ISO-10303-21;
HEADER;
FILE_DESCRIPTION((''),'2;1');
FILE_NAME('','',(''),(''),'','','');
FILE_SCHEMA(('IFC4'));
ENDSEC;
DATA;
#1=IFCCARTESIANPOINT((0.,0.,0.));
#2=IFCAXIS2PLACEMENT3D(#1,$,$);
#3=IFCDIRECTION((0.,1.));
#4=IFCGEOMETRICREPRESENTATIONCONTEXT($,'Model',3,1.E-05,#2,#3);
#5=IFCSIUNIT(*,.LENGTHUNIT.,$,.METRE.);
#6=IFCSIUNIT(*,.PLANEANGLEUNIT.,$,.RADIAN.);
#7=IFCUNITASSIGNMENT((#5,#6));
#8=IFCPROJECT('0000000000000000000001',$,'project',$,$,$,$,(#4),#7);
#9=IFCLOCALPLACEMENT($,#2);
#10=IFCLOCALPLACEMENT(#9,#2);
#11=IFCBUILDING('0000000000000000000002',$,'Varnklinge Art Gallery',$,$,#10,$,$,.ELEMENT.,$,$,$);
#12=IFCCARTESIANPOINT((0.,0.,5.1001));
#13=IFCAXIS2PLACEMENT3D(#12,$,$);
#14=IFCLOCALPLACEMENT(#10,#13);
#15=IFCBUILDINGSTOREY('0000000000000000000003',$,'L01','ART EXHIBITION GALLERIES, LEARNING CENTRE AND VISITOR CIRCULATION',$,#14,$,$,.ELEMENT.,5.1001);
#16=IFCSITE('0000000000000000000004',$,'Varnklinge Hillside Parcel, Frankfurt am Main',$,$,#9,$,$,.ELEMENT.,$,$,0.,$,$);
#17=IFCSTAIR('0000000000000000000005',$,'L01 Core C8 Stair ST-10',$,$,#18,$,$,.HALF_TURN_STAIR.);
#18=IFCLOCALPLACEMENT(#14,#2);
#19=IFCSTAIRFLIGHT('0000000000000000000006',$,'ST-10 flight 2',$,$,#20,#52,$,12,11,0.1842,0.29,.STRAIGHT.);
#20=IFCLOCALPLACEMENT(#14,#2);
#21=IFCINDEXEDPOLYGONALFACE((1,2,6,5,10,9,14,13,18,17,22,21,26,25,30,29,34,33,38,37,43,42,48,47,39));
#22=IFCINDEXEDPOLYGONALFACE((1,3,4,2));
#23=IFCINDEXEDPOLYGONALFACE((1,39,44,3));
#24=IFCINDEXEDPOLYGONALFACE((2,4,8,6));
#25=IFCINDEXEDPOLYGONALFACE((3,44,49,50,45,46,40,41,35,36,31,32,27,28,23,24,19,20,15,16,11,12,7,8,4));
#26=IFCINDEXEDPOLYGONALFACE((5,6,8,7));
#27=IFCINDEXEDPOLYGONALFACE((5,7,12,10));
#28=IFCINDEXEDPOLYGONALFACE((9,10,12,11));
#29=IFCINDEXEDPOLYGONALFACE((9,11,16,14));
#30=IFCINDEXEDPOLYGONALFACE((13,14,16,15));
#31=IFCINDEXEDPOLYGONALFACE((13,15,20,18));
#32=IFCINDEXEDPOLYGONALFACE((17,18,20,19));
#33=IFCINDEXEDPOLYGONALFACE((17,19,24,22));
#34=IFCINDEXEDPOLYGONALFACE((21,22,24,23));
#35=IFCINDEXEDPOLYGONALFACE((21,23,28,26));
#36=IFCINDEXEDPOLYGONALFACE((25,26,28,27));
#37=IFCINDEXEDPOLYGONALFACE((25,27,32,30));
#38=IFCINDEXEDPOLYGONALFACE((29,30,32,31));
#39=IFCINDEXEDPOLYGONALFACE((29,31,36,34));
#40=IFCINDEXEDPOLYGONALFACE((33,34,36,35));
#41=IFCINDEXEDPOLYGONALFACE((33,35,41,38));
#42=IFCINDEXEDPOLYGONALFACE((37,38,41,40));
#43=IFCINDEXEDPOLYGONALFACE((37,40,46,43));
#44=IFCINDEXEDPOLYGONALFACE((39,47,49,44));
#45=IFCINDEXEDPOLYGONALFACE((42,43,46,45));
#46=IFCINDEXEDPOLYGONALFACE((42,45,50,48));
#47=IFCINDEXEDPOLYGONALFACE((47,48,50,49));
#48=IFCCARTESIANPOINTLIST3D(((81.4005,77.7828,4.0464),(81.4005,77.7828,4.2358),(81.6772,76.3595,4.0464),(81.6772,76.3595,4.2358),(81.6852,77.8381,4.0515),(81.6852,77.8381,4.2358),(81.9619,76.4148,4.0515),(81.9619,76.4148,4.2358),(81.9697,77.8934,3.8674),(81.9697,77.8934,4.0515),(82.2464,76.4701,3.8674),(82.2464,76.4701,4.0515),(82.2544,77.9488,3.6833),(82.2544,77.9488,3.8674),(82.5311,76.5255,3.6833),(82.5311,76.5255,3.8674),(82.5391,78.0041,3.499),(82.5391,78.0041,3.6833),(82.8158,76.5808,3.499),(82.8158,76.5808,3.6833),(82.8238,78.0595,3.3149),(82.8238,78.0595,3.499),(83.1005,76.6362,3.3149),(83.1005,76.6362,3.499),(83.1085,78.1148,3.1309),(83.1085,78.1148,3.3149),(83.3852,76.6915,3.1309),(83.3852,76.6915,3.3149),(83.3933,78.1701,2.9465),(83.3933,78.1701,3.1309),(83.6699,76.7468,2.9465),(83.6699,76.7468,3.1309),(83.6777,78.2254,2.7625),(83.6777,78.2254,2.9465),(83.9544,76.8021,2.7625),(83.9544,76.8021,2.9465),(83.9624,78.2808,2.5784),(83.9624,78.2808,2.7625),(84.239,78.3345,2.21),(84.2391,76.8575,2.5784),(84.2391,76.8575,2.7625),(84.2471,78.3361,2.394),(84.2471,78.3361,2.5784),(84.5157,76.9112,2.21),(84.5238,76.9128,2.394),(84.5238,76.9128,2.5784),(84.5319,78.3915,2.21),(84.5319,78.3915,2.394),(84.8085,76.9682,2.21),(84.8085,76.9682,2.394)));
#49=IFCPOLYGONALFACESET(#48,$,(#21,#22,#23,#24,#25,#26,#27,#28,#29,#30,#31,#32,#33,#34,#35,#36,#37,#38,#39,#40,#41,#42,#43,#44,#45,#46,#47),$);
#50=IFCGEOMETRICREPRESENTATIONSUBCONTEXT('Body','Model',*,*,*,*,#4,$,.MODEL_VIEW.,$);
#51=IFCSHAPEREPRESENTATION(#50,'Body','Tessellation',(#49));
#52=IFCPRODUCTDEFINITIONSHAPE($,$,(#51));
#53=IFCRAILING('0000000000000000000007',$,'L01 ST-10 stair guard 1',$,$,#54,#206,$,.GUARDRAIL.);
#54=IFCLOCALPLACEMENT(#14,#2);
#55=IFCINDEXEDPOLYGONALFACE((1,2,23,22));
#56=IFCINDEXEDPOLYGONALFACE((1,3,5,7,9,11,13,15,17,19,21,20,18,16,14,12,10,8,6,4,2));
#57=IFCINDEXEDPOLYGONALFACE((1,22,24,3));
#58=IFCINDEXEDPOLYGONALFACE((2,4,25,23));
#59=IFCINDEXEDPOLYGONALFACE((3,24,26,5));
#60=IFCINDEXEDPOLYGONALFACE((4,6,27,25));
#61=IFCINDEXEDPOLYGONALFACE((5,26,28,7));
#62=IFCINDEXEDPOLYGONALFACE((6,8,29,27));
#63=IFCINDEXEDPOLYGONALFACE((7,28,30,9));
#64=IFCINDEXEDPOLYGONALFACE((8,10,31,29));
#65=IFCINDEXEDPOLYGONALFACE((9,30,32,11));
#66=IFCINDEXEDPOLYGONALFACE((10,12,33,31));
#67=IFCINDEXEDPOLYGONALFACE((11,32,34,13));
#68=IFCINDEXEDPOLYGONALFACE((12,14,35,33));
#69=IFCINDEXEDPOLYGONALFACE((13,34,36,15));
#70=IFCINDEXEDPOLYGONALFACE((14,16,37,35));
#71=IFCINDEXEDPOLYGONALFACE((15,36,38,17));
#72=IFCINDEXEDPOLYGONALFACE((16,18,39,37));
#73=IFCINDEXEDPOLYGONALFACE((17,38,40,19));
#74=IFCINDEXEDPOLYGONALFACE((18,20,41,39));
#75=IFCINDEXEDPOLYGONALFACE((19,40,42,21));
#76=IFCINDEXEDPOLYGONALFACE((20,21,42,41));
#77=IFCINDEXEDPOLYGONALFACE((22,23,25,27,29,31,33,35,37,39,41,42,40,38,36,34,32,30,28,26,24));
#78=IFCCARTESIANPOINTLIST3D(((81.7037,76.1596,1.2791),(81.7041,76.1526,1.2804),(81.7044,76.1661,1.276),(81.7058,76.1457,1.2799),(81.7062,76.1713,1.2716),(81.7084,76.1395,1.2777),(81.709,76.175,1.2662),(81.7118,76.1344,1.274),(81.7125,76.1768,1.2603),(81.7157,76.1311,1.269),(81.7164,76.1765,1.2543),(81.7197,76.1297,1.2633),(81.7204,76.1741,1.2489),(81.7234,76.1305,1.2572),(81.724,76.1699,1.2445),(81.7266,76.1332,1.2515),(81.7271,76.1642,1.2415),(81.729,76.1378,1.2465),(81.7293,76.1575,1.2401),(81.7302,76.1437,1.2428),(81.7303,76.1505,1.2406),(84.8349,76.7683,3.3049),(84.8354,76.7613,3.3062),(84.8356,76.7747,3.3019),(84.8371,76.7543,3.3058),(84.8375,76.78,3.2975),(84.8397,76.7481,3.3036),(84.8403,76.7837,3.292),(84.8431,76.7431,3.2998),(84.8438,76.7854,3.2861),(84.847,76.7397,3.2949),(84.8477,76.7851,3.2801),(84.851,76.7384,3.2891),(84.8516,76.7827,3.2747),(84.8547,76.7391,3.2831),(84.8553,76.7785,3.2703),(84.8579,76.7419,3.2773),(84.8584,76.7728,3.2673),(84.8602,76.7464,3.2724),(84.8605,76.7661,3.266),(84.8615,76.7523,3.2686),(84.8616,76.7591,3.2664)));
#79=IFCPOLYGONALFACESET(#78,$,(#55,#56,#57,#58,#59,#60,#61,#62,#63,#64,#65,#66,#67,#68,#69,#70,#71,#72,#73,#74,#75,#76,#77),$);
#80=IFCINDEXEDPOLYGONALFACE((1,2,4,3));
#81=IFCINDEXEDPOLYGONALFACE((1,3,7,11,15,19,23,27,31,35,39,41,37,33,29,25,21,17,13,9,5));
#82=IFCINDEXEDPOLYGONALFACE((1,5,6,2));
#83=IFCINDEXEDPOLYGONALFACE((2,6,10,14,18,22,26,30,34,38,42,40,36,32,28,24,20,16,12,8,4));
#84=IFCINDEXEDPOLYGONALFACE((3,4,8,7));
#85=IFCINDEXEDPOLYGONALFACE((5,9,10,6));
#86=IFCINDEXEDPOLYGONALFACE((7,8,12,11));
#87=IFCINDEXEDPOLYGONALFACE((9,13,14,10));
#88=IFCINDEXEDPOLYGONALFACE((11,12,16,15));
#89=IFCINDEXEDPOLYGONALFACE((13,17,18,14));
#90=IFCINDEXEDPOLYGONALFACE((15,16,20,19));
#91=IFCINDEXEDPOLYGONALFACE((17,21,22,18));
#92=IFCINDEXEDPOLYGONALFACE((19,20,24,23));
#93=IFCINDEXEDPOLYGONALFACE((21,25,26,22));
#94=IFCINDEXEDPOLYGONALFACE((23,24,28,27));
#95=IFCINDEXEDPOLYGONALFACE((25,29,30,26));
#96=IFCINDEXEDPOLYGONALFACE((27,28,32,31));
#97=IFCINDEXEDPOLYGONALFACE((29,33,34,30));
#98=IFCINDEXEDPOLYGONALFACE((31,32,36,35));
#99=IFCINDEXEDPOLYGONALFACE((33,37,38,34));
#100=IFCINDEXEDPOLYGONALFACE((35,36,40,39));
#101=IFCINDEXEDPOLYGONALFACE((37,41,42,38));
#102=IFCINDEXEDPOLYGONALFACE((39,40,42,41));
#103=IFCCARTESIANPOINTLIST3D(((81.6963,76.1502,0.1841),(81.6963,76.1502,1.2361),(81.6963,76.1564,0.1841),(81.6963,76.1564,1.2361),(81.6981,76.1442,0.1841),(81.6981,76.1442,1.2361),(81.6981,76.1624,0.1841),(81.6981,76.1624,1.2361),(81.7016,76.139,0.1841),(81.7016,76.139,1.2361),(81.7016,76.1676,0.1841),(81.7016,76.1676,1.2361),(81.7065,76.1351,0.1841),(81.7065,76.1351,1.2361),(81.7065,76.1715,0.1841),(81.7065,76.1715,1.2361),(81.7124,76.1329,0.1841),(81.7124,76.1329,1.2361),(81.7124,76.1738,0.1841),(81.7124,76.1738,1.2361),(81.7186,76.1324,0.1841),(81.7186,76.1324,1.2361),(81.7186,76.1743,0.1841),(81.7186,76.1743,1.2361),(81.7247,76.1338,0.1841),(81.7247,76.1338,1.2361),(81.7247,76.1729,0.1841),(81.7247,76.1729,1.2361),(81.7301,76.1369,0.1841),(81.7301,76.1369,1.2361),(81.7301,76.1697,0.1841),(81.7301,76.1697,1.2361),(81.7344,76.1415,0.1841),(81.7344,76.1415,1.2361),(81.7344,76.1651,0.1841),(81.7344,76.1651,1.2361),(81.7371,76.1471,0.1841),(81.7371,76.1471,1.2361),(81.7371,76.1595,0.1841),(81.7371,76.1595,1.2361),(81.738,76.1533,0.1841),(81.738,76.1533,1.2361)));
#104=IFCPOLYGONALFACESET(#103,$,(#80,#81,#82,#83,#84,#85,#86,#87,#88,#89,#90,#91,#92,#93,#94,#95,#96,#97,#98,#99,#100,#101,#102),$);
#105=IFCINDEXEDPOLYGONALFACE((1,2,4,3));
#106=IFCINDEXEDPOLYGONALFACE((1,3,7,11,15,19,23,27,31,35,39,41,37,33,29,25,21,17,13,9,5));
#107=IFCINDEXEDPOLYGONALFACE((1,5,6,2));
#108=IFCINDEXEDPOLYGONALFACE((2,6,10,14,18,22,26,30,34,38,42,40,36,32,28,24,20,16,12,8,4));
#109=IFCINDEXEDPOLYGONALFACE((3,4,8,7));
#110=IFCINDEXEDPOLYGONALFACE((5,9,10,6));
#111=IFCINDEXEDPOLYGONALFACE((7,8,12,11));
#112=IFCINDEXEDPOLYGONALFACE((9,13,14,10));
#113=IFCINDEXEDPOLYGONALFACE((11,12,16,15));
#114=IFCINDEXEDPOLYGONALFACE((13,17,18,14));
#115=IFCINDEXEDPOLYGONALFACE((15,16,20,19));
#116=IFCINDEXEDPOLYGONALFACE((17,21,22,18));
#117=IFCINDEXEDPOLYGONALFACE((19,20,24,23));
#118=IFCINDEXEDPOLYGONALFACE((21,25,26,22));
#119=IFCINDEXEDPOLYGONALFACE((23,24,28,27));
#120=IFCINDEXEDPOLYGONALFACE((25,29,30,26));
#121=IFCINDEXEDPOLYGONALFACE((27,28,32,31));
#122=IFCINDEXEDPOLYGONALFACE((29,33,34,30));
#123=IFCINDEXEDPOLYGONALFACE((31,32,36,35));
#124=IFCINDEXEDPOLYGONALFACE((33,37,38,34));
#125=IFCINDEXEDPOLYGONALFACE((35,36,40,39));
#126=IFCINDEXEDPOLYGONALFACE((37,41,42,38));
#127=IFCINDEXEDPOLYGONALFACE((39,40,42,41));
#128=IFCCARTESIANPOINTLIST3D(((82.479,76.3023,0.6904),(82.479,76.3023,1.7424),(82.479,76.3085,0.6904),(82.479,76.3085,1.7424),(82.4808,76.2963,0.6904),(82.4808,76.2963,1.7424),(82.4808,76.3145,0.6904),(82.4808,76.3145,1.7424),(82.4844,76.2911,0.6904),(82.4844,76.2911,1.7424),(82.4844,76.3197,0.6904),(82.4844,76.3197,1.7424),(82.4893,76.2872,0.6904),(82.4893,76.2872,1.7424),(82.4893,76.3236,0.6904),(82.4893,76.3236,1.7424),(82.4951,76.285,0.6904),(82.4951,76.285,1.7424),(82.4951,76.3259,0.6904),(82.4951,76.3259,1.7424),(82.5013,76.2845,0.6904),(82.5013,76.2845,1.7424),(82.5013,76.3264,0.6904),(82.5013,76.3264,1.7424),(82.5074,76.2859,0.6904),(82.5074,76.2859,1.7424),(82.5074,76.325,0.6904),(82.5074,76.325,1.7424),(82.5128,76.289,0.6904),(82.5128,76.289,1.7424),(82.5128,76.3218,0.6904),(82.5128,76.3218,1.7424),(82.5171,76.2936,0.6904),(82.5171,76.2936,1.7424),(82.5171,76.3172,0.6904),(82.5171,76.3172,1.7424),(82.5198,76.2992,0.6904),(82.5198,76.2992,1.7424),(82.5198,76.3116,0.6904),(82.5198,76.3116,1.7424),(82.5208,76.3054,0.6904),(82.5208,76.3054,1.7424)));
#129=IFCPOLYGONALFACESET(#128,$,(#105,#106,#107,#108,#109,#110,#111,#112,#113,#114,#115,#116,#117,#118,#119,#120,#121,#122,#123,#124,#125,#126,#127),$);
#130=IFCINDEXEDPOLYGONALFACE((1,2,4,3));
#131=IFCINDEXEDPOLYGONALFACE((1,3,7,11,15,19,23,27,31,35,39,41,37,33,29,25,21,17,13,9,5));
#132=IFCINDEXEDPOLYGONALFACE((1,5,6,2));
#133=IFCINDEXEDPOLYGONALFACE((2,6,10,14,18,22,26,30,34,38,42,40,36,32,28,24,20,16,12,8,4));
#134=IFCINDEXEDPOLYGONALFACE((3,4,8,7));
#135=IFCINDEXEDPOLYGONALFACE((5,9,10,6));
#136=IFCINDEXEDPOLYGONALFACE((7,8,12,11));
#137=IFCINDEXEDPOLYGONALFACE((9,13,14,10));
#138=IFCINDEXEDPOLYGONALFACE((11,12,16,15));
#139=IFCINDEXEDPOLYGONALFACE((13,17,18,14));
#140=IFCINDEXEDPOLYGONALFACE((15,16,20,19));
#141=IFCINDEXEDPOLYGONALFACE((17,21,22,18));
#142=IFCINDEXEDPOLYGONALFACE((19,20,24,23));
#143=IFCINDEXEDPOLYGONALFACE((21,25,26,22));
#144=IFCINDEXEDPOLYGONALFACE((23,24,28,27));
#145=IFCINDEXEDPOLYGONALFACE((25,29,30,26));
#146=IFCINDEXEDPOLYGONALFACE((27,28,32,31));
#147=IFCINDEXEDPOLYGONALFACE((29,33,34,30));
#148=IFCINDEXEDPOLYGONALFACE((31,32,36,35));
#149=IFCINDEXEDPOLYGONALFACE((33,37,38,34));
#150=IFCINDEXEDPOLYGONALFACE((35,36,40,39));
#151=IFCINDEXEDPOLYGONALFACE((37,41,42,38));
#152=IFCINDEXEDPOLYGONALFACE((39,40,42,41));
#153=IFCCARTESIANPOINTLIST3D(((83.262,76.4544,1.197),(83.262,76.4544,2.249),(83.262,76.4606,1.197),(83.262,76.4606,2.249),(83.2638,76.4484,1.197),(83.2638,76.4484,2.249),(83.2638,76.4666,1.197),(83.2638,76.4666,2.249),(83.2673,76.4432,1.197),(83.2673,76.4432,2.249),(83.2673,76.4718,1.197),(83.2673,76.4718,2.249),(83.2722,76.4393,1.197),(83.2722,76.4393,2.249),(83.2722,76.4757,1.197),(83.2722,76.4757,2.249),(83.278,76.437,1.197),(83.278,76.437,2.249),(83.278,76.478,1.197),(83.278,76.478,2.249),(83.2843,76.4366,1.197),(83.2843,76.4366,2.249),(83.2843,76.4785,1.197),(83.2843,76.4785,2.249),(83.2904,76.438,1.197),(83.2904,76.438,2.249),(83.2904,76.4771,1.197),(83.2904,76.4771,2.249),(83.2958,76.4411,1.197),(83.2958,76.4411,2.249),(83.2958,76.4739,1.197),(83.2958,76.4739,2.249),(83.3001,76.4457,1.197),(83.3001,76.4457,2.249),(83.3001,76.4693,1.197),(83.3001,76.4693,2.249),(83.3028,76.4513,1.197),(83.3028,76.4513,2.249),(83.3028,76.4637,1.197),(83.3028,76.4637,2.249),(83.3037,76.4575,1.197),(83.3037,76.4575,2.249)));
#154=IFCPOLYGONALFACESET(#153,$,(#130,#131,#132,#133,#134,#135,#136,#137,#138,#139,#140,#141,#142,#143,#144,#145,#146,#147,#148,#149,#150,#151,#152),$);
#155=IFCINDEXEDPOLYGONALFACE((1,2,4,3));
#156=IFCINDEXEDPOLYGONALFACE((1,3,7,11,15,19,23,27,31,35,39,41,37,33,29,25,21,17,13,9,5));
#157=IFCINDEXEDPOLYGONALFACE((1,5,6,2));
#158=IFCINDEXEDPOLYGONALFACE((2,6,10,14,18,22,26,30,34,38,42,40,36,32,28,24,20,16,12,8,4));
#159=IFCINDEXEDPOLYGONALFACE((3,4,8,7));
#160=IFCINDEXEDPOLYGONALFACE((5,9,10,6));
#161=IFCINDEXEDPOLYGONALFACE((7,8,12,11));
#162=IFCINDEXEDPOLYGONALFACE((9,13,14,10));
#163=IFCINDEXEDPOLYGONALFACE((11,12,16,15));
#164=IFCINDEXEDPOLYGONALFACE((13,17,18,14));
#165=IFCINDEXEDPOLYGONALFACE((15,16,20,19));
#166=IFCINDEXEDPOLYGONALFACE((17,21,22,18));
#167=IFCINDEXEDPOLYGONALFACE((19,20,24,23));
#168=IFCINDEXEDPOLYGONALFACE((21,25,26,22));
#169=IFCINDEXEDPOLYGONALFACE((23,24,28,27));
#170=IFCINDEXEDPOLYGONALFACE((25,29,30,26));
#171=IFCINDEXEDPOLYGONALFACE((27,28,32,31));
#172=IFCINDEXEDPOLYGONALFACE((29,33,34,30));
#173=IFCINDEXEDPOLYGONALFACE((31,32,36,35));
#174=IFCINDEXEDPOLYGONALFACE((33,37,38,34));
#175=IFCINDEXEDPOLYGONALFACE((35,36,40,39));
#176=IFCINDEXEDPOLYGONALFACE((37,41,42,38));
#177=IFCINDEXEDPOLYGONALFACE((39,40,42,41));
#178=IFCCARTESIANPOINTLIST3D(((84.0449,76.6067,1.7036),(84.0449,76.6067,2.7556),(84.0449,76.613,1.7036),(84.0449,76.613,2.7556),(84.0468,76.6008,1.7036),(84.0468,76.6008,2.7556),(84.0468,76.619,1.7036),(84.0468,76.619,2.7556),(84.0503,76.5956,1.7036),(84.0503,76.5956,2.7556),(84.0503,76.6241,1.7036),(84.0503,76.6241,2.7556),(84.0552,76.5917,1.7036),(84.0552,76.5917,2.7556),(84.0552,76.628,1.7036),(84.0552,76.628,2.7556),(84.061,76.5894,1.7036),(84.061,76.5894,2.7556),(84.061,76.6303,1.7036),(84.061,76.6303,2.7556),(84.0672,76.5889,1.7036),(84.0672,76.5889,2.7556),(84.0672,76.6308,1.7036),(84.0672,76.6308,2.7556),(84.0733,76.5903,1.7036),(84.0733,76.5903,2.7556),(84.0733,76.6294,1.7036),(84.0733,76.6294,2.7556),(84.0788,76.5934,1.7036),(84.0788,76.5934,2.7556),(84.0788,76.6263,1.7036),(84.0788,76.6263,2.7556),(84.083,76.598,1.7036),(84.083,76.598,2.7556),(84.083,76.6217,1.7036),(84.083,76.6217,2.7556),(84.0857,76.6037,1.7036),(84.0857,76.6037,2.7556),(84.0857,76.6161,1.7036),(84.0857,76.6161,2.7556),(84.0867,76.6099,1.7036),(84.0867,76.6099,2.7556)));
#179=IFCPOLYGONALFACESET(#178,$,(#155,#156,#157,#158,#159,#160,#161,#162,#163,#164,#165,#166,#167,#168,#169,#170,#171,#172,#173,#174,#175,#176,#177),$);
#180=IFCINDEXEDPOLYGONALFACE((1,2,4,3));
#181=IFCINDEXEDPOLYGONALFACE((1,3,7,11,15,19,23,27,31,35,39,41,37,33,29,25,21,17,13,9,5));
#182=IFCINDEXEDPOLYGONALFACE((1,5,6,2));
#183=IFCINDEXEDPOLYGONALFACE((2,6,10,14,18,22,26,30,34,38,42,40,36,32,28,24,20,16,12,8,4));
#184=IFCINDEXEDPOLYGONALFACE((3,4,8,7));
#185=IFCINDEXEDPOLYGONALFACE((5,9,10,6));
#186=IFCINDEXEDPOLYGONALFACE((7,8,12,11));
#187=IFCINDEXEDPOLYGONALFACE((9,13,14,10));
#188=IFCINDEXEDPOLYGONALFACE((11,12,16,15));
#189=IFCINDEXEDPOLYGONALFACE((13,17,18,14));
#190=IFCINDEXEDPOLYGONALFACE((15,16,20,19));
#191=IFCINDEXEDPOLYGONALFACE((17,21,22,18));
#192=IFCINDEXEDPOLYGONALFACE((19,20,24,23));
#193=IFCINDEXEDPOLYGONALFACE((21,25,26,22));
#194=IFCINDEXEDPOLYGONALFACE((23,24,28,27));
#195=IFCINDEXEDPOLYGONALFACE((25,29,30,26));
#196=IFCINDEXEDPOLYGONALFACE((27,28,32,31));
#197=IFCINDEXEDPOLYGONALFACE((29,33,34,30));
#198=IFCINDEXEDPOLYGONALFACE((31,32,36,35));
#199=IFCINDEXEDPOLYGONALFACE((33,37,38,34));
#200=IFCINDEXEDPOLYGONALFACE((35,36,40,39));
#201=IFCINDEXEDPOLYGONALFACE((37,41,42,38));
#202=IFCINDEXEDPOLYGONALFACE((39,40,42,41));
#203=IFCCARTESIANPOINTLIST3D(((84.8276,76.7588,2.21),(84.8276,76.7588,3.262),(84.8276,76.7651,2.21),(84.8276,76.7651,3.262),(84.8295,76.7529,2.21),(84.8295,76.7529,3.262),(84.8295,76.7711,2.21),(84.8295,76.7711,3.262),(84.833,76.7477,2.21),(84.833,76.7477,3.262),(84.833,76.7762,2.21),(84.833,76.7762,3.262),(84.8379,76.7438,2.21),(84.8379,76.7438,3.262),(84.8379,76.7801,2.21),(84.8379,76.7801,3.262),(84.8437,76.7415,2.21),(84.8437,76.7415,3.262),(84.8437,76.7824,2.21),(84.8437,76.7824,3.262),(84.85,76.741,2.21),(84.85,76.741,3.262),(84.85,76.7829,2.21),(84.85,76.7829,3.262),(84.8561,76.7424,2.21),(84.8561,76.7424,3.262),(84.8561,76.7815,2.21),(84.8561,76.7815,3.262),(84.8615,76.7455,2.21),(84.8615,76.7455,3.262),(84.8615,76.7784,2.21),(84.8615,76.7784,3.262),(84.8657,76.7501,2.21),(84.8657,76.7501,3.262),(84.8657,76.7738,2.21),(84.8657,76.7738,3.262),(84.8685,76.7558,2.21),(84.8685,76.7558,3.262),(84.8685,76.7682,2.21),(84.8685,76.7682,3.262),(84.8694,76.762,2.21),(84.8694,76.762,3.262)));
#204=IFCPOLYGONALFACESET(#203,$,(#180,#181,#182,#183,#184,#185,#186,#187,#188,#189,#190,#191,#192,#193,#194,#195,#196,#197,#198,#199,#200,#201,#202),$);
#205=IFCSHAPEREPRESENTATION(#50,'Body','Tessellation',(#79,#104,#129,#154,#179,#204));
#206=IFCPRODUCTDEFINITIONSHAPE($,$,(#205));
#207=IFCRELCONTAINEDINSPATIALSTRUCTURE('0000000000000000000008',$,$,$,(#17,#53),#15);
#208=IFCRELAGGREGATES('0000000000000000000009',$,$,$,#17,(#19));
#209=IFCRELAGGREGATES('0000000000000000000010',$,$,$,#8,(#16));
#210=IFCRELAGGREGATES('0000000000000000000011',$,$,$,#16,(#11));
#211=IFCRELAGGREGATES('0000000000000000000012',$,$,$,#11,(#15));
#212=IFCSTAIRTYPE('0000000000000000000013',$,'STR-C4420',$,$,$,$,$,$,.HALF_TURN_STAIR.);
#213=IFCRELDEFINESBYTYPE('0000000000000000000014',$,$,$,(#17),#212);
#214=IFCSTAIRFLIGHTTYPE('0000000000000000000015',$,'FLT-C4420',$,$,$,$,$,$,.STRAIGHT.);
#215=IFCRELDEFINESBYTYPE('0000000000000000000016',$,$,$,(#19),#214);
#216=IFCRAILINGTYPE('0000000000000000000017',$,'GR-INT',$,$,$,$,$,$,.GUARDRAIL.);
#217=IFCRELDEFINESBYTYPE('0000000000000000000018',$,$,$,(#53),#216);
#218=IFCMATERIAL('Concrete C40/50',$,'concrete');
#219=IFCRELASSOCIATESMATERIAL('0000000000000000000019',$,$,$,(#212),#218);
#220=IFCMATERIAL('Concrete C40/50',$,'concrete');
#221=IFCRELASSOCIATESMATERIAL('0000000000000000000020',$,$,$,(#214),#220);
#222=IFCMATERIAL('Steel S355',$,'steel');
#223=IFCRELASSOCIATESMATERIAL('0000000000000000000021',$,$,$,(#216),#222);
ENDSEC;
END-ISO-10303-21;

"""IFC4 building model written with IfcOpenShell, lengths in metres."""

from ifc_helpers import new_model, si_unit, direction, frame, origin, origin_2d, place, context, subcontext, project, spatial, polyline, circle, outline, extrude, material, type_object, element, aggregate, save


model = new_model("IFC4")

# Units and contexts
model_context = context("Model", 3, precision=1e-05, world=origin(), true_north=direction((0.0, 1.0)))
body_context = subcontext(model_context, "Body", "Model", "MODEL_VIEW")
ifc_project = project(units=[si_unit("LENGTHUNIT", "METRE"), si_unit("PLANEANGLEUNIT", "RADIAN")], contexts=[model_context])

# Site, building, storey
site_placement = place(None, origin())
site = spatial("IfcSite", under=ifc_project, at=site_placement, Name="Varnklinge Hillside Parcel, Frankfurt am Main", CompositionType="ELEMENT", RefElevation=0.0)
building_placement = place(site_placement, origin())
building = spatial("IfcBuilding", under=site, at=building_placement, Name="Varnklinge Art Gallery", CompositionType="ELEMENT")
storey_placement = place(building_placement, frame((0.0, 0.0, 5.1001)))
storey = spatial("IfcBuildingStorey", under=building, at=storey_placement, Name="L01", Description="ART EXHIBITION GALLERIES, LEARNING CENTRE AND VISITOR CIRCULATION", CompositionType="ELEMENT", Elevation=5.1001)

# Stair, stair flight
ifc_material_1 = material(Name="Concrete C40/50", Category="concrete")
stair_type = type_object("IfcStairType", Name="STR-C4420", PredefinedType="HALF_TURN_STAIR", material=ifc_material_1)
stair_placement = place(storey_placement, origin())
stair = element("IfcStair", 1, at=stair_placement, inside=storey, type_object=stair_type, Name="L01 Core C8 Stair ST-10", PredefinedType="HALF_TURN_STAIR")
ifc_material_2 = material(Name="Concrete C40/50", Category="concrete")
stair_flight_type = type_object("IfcStairFlightType", Name="FLT-C4420", PredefinedType="STRAIGHT", material=ifc_material_2)
stair_flight_1_placement = place(storey_placement, frame((84.6702, 77.6799, 2.21), z_axis=(0.0, 0.0, 1.0), x_axis=(-0.981627, -0.190809, 0.0)))
stair_flight_1 = element("IfcStairFlight", 2, at=stair_flight_1_placement, type_object=stair_flight_type, Name="ST-10 flight 2", NumberOfRisers=12, NumberOfTreads=11, PredefinedType="STRAIGHT", RiserHeight=0.1842, TreadLength=0.29, context=body_context, shape_type="SweptSolid", body=[
    extrude(outline(polyline([(0.0, 0.0), (0.0, 0.1841), (0.29, 0.1841), (0.29, 0.3684), (0.5801, 0.3684), (0.5801, 0.5525), (0.8701, 0.5525), (0.8701, 0.7366), (1.1599, 0.7366), (1.1599, 0.9209), (1.45, 0.9209), (1.45, 1.105), (1.74, 1.105), (1.74, 1.2891), (2.03, 1.2891), (2.03, 1.4734), (2.3201, 1.4734), (2.3201, 1.6575), (2.6101, 1.6575), (2.6101, 1.8416), (2.8999, 1.8416), (2.8999, 2.0259), (3.1899, 2.0259), (3.1899, 2.21), (3.1899, 1.8364), (0.2983, 0.0), (0.0, 0.0)])), frame((0.0, 0.7251, 0.0), z_axis=(0.0, -1.0, 0.0), x_axis=(1.0, 0.0, 0.0)), (0.0, 0.0, 1.0), 1.45),
])
aggregate(stair, [stair_flight_1])

# Railing
ifc_material_3 = material(Name="Steel S355", Category="steel")
railing_type_1 = type_object("IfcRailingType", Name="GR-INT", PredefinedType="GUARDRAIL", material=ifc_material_3)
railing_1_placement = place(storey_placement, frame((81.717, 76.1533, 0.1841)))
element("IfcRailing", 3, at=railing_1_placement, inside=storey, type_object=railing_type_1, Name="L01 ST-10 stair guard 1", PredefinedType="GUARDRAIL", context=body_context, shape_type="SweptSolid", body=[
    extrude(circle(Radius=0.0239, at=origin_2d()), frame((0.0, 0.0, 1.0762), z_axis=(0.828643, 0.161064, 0.536105), x_axis=(-0.1908, 0.981629, 0.0)), (0.0, 0.0, 1.0), 3.7788),
    extrude(circle(Radius=0.021, at=origin_2d()), origin(), (0.0, 0.0, 1.0), 1.052),
    extrude(circle(Radius=0.021, at=origin_2d()), frame((0.7827, 0.1521, 0.5063)), (0.0, 0.0, 1.0), 1.052),
    extrude(circle(Radius=0.021, at=origin_2d()), frame((1.5657, 0.3042, 1.0129)), (0.0, 0.0, 1.0), 1.052),
    extrude(circle(Radius=0.021, at=origin_2d()), frame((2.3486, 0.4565, 1.5195)), (0.0, 0.0, 1.0), 1.052),
    extrude(circle(Radius=0.021, at=origin_2d()), frame((3.1313, 0.6086, 2.0259)), (0.0, 0.0, 1.0), 1.052),
])

save(model, "model.ifc")
